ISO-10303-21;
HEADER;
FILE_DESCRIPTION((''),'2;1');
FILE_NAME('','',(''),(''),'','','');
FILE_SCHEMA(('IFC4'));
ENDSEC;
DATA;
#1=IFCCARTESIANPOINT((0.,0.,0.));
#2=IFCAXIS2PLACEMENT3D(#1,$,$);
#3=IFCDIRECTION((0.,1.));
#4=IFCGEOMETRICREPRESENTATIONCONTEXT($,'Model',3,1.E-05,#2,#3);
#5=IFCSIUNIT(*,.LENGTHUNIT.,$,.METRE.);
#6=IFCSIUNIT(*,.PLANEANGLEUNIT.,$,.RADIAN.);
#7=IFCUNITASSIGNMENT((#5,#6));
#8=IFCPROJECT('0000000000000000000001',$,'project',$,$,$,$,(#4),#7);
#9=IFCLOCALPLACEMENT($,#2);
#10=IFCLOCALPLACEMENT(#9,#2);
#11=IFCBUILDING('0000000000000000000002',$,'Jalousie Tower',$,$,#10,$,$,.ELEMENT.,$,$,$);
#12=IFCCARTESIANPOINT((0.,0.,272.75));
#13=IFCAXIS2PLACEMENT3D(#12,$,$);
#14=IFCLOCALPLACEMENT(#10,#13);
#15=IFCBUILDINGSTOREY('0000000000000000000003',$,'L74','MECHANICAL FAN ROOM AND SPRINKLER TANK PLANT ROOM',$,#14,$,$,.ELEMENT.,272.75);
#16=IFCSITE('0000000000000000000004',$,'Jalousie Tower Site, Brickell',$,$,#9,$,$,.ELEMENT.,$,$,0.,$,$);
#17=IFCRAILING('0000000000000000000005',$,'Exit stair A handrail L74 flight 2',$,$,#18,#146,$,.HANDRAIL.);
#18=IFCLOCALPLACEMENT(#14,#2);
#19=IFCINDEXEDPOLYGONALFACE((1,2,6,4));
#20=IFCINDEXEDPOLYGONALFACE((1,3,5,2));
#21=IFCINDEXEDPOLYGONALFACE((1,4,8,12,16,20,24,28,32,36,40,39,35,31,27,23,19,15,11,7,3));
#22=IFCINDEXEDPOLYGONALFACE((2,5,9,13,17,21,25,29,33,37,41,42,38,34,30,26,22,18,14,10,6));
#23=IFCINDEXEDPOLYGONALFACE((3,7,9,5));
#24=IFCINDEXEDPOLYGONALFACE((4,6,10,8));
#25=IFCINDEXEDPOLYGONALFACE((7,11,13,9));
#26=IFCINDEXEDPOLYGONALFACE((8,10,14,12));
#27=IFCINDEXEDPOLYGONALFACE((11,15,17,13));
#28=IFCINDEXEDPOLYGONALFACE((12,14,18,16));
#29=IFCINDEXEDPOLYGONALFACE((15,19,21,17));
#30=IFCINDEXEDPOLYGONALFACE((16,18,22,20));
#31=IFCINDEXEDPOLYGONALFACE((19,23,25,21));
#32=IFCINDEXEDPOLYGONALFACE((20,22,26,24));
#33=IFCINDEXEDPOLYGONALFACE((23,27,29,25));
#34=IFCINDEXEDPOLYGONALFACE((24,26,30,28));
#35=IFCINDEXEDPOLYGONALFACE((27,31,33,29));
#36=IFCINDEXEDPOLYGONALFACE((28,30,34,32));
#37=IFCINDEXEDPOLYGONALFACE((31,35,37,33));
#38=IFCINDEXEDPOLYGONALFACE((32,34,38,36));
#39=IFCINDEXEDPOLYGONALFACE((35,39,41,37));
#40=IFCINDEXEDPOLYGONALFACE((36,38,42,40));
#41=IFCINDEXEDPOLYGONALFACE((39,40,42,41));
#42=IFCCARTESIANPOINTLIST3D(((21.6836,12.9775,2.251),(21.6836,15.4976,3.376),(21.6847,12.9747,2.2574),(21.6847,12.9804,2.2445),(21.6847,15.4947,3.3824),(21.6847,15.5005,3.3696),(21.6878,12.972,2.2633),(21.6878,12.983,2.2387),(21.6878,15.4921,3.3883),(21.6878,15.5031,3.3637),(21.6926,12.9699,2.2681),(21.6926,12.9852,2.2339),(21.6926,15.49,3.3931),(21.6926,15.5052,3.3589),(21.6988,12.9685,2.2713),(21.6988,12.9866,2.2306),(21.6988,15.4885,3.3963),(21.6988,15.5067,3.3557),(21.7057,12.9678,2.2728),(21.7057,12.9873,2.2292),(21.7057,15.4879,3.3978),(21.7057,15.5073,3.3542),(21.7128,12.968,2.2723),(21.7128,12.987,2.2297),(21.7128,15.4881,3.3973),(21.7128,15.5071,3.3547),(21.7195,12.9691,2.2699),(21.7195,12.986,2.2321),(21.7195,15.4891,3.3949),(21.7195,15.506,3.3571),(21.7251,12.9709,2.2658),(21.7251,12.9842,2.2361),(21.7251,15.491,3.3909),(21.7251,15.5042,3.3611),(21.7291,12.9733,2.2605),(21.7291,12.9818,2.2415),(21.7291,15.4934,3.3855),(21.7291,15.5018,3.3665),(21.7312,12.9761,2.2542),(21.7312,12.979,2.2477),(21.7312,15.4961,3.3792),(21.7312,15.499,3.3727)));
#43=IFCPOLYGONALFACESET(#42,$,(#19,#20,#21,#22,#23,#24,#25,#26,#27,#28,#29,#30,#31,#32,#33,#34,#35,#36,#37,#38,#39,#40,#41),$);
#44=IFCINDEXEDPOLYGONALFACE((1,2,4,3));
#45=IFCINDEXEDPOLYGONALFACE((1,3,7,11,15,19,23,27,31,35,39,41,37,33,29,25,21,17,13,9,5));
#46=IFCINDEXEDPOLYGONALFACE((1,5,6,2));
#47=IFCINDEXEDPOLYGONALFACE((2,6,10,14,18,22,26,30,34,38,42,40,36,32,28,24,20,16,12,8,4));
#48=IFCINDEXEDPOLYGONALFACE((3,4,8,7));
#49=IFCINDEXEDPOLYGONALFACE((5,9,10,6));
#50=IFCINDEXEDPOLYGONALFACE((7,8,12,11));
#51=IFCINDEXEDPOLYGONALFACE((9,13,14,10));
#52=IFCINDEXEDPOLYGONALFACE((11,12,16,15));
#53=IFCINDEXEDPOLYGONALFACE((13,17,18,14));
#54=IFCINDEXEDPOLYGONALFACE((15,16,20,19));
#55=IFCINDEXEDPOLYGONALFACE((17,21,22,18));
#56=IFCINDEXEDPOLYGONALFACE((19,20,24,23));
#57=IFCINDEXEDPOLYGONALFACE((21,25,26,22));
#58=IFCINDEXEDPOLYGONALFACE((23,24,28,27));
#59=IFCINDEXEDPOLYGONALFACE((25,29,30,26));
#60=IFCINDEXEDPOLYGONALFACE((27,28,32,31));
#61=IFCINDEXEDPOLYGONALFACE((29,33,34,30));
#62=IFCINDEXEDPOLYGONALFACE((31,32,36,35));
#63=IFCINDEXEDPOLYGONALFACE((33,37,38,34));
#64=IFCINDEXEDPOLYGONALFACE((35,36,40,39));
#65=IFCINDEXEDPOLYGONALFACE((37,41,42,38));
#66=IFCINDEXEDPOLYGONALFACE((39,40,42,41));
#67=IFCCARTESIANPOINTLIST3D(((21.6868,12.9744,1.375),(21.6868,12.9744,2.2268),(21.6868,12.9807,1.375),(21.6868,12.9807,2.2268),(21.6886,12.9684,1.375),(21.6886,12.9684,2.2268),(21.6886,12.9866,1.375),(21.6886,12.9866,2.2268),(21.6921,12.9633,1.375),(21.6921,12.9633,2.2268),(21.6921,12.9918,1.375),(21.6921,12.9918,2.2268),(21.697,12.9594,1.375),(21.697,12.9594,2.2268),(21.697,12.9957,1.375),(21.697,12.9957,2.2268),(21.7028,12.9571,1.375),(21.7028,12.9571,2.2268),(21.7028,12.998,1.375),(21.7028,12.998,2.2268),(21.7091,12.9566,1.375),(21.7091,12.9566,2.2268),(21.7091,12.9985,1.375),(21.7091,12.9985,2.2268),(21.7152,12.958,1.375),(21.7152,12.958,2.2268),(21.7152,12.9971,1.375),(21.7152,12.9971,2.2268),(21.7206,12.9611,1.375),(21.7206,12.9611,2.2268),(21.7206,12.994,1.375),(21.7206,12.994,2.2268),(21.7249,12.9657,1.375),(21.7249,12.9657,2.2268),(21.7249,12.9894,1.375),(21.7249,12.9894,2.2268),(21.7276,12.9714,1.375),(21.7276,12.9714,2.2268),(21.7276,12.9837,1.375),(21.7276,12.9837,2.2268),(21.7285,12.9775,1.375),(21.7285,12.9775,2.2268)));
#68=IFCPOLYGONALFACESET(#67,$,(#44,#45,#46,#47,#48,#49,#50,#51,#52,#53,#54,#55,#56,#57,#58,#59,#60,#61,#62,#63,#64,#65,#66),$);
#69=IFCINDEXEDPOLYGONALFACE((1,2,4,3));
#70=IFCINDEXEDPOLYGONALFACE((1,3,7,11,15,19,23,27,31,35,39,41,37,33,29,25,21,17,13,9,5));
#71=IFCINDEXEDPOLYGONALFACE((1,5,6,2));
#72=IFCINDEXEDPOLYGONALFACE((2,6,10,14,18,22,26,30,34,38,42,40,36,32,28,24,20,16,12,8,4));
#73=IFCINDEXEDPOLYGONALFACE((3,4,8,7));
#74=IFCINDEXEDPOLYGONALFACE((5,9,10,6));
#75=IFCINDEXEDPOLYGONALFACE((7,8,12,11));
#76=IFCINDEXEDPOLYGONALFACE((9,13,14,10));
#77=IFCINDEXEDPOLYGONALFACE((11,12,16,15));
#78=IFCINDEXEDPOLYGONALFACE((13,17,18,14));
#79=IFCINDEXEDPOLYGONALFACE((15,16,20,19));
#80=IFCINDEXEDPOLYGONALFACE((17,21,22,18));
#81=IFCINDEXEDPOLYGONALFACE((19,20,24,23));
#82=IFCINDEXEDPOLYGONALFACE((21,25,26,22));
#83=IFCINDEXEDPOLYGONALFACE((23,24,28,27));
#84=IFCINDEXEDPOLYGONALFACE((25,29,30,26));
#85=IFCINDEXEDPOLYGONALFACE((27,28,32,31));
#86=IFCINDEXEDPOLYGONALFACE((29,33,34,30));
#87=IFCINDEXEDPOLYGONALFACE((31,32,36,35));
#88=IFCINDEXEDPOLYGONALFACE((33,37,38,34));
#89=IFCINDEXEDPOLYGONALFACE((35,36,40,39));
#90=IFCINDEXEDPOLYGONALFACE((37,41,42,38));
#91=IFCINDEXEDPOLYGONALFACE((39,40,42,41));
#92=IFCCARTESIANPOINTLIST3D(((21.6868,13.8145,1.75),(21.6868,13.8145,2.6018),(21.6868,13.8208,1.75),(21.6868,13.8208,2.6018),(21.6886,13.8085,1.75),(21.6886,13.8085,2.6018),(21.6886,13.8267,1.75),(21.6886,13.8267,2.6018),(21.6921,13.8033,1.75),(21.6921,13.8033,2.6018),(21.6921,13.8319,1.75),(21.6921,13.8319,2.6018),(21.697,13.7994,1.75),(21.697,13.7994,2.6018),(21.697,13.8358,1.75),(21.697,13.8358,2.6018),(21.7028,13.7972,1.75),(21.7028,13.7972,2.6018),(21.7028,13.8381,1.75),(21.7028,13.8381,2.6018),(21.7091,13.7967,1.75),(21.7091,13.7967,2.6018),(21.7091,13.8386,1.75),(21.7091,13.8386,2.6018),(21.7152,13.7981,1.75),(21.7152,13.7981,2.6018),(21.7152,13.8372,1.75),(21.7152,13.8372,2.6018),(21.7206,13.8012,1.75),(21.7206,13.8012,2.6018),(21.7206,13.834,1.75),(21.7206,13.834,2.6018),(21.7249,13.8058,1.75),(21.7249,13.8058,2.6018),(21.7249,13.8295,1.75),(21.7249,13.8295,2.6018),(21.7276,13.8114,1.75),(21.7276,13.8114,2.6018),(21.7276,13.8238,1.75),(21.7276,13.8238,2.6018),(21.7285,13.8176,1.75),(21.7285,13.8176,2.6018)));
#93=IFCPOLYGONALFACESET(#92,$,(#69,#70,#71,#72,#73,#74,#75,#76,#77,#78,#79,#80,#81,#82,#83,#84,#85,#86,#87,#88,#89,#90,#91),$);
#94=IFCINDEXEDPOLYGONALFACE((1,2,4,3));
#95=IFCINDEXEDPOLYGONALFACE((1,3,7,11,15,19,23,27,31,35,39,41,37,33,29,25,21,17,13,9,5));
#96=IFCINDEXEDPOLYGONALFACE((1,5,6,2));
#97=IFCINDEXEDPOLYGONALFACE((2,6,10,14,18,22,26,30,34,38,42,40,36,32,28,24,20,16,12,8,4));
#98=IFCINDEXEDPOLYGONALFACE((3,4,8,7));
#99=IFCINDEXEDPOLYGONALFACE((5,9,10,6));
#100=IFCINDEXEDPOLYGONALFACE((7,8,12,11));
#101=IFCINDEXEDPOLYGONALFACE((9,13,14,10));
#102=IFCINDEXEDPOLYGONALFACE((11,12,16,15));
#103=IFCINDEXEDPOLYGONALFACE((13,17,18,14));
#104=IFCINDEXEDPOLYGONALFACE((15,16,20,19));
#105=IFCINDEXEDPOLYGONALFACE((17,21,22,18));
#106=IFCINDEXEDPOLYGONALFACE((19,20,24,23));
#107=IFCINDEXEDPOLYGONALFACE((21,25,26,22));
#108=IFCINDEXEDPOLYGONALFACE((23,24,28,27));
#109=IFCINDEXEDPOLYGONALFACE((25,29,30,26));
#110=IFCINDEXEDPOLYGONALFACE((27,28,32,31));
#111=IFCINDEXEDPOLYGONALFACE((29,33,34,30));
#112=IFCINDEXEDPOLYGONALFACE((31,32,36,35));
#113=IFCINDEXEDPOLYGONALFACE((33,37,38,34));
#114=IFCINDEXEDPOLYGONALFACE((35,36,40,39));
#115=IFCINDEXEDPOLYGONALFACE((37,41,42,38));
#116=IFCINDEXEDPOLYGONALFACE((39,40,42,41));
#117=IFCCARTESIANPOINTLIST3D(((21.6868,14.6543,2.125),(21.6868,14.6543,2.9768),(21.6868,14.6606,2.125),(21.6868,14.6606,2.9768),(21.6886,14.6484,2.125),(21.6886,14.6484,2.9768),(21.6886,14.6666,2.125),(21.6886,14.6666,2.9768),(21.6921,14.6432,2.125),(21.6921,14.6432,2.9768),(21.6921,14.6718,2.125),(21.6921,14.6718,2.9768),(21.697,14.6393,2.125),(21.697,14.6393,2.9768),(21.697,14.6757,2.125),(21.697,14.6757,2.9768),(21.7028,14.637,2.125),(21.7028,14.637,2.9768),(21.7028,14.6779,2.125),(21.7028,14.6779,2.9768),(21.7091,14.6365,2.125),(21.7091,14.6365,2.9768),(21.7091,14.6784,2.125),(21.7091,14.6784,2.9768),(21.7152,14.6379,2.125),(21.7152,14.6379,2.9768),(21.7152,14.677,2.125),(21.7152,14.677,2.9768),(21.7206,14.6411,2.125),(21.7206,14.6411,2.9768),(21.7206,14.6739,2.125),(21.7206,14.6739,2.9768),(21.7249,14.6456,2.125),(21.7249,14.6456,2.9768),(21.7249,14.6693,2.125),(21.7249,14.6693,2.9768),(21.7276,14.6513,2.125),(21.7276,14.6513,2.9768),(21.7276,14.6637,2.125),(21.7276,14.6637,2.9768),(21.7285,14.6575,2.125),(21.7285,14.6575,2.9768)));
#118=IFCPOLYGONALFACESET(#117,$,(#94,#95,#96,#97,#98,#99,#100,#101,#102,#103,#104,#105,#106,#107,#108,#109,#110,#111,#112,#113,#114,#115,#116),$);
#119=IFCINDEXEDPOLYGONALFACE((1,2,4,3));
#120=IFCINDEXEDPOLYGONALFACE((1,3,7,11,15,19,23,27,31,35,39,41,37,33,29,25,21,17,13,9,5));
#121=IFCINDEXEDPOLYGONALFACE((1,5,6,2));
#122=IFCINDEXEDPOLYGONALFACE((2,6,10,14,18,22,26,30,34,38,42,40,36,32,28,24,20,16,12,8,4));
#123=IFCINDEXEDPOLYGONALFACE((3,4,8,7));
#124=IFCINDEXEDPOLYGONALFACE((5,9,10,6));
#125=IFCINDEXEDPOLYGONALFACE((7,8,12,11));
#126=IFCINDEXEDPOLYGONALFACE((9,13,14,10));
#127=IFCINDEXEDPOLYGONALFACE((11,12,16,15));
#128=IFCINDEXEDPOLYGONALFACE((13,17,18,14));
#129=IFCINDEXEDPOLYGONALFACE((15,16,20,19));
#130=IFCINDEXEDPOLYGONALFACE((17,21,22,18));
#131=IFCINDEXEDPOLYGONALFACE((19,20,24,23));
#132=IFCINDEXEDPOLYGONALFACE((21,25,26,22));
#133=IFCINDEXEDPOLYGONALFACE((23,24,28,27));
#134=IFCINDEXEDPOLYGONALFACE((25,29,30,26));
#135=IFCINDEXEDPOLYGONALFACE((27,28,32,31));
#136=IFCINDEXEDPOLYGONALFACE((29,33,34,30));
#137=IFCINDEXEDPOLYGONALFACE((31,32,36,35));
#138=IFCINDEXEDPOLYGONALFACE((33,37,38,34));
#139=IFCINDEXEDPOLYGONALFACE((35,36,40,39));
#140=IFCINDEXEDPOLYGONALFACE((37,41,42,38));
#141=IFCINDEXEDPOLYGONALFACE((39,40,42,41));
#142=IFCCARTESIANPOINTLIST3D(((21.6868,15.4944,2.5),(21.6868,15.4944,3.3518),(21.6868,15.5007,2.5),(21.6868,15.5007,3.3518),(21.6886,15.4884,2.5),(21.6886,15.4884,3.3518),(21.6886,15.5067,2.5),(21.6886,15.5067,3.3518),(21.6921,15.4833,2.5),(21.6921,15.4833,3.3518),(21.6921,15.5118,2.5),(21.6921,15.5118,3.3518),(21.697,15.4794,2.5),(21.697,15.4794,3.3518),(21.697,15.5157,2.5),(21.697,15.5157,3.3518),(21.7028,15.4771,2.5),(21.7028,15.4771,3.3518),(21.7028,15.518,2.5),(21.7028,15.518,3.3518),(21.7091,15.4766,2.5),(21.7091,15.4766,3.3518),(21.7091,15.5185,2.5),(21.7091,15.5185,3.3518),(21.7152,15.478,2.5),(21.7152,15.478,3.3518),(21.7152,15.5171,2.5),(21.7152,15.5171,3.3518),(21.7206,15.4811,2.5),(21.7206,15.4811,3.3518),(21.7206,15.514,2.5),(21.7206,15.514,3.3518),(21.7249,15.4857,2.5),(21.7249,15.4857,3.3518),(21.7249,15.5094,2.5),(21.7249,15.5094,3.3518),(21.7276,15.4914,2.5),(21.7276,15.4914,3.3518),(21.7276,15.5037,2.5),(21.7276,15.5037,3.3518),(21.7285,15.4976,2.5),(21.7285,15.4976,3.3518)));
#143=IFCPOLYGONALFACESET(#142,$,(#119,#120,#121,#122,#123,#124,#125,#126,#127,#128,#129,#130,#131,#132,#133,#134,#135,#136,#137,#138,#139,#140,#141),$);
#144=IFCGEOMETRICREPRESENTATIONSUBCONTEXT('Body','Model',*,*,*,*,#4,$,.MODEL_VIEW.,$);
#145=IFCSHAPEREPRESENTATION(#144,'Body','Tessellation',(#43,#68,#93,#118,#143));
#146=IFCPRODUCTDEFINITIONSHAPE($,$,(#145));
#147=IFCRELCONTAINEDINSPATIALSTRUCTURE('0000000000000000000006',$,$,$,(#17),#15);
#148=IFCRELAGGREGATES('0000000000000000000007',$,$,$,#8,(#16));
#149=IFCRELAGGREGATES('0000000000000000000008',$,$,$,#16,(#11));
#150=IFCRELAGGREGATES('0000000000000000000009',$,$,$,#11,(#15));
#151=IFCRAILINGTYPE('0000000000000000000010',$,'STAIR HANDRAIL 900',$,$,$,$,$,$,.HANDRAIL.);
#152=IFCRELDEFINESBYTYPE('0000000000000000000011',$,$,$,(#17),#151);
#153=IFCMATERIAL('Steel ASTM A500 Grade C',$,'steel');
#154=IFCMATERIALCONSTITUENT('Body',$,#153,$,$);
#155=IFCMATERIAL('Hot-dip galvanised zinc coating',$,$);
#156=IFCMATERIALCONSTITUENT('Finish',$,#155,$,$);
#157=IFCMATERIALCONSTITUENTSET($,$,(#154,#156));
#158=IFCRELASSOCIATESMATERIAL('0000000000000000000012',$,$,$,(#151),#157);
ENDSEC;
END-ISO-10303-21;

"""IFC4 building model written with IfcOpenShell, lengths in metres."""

from ifc_helpers import new_model, si_unit, direction, frame, origin, origin_2d, place, context, subcontext, project, spatial, circle, extrude, material, constituent, constituent_set, type_object, element, save


model = new_model("IFC4")

# Units and contexts
model_context = context("Model", 3, precision=1e-05, world=origin(), true_north=direction((0.0, 1.0)))
body_context = subcontext(model_context, "Body", "Model", "MODEL_VIEW")
ifc_project = project(units=[si_unit("LENGTHUNIT", "METRE"), si_unit("PLANEANGLEUNIT", "RADIAN")], contexts=[model_context])

# Site, building, storey
site_placement = place(None, origin())
site = spatial("IfcSite", under=ifc_project, at=site_placement, Name="Jalousie Tower Site, Brickell", CompositionType="ELEMENT", RefElevation=0.0)
building_placement = place(site_placement, origin())
building = spatial("IfcBuilding", under=site, at=building_placement, Name="Jalousie Tower", CompositionType="ELEMENT")
storey_placement = place(building_placement, frame((0.0, 0.0, 272.75)))
storey = spatial("IfcBuildingStorey", under=building, at=storey_placement, Name="L74", Description="MECHANICAL FAN ROOM AND SPRINKLER TANK PLANT ROOM", CompositionType="ELEMENT", Elevation=272.75)

# Railing
ifc_material_1 = material(Name="Steel ASTM A500 Grade C", Category="steel")
ifc_constituent_1 = constituent(ifc_material_1, Name="Body")
ifc_material_2 = material(Name="Hot-dip galvanised zinc coating")
ifc_constituent_2 = constituent(ifc_material_2, Name="Finish")
ifc_constituent_set_1 = constituent_set(constituents=[ifc_constituent_1, ifc_constituent_2])
railing_type_1 = type_object("IfcRailingType", Name="STAIR HANDRAIL 900", PredefinedType="HANDRAIL", material=ifc_constituent_set_1)
for number, where, name in (
    (1, (21.7075, 12.9775, 1.375), "Exit stair A handrail L74 flight 2"),
):
    element("IfcRailing", number, at=place(storey_placement, frame(where)), inside=storey, type_object=railing_type_1, Name=name, PredefinedType="HANDRAIL", context=body_context, shape_type="SweptSolid", body=[
        extrude(circle(Radius=0.0239, at=origin_2d()), frame((0.0, 0.0, 0.876), z_axis=(0.0, 0.913139, 0.407648), x_axis=(-1.0, 0.0, 0.0)), (0.0, 0.0, 1.0), 2.7598),
        extrude(circle(Radius=0.021, at=origin_2d()), origin(), (0.0, 0.0, 1.0), 0.8518),
        extrude(circle(Radius=0.021, at=origin_2d()), frame((0.0, 0.8401, 0.375)), (0.0, 0.0, 1.0), 0.8518),
        extrude(circle(Radius=0.021, at=origin_2d()), frame((0.0, 1.6799, 0.75)), (0.0, 0.0, 1.0), 0.8518),
        extrude(circle(Radius=0.021, at=origin_2d()), frame((0.0, 2.52, 1.125)), (0.0, 0.0, 1.0), 0.8518),
    ])

save(model, "model.ifc")
